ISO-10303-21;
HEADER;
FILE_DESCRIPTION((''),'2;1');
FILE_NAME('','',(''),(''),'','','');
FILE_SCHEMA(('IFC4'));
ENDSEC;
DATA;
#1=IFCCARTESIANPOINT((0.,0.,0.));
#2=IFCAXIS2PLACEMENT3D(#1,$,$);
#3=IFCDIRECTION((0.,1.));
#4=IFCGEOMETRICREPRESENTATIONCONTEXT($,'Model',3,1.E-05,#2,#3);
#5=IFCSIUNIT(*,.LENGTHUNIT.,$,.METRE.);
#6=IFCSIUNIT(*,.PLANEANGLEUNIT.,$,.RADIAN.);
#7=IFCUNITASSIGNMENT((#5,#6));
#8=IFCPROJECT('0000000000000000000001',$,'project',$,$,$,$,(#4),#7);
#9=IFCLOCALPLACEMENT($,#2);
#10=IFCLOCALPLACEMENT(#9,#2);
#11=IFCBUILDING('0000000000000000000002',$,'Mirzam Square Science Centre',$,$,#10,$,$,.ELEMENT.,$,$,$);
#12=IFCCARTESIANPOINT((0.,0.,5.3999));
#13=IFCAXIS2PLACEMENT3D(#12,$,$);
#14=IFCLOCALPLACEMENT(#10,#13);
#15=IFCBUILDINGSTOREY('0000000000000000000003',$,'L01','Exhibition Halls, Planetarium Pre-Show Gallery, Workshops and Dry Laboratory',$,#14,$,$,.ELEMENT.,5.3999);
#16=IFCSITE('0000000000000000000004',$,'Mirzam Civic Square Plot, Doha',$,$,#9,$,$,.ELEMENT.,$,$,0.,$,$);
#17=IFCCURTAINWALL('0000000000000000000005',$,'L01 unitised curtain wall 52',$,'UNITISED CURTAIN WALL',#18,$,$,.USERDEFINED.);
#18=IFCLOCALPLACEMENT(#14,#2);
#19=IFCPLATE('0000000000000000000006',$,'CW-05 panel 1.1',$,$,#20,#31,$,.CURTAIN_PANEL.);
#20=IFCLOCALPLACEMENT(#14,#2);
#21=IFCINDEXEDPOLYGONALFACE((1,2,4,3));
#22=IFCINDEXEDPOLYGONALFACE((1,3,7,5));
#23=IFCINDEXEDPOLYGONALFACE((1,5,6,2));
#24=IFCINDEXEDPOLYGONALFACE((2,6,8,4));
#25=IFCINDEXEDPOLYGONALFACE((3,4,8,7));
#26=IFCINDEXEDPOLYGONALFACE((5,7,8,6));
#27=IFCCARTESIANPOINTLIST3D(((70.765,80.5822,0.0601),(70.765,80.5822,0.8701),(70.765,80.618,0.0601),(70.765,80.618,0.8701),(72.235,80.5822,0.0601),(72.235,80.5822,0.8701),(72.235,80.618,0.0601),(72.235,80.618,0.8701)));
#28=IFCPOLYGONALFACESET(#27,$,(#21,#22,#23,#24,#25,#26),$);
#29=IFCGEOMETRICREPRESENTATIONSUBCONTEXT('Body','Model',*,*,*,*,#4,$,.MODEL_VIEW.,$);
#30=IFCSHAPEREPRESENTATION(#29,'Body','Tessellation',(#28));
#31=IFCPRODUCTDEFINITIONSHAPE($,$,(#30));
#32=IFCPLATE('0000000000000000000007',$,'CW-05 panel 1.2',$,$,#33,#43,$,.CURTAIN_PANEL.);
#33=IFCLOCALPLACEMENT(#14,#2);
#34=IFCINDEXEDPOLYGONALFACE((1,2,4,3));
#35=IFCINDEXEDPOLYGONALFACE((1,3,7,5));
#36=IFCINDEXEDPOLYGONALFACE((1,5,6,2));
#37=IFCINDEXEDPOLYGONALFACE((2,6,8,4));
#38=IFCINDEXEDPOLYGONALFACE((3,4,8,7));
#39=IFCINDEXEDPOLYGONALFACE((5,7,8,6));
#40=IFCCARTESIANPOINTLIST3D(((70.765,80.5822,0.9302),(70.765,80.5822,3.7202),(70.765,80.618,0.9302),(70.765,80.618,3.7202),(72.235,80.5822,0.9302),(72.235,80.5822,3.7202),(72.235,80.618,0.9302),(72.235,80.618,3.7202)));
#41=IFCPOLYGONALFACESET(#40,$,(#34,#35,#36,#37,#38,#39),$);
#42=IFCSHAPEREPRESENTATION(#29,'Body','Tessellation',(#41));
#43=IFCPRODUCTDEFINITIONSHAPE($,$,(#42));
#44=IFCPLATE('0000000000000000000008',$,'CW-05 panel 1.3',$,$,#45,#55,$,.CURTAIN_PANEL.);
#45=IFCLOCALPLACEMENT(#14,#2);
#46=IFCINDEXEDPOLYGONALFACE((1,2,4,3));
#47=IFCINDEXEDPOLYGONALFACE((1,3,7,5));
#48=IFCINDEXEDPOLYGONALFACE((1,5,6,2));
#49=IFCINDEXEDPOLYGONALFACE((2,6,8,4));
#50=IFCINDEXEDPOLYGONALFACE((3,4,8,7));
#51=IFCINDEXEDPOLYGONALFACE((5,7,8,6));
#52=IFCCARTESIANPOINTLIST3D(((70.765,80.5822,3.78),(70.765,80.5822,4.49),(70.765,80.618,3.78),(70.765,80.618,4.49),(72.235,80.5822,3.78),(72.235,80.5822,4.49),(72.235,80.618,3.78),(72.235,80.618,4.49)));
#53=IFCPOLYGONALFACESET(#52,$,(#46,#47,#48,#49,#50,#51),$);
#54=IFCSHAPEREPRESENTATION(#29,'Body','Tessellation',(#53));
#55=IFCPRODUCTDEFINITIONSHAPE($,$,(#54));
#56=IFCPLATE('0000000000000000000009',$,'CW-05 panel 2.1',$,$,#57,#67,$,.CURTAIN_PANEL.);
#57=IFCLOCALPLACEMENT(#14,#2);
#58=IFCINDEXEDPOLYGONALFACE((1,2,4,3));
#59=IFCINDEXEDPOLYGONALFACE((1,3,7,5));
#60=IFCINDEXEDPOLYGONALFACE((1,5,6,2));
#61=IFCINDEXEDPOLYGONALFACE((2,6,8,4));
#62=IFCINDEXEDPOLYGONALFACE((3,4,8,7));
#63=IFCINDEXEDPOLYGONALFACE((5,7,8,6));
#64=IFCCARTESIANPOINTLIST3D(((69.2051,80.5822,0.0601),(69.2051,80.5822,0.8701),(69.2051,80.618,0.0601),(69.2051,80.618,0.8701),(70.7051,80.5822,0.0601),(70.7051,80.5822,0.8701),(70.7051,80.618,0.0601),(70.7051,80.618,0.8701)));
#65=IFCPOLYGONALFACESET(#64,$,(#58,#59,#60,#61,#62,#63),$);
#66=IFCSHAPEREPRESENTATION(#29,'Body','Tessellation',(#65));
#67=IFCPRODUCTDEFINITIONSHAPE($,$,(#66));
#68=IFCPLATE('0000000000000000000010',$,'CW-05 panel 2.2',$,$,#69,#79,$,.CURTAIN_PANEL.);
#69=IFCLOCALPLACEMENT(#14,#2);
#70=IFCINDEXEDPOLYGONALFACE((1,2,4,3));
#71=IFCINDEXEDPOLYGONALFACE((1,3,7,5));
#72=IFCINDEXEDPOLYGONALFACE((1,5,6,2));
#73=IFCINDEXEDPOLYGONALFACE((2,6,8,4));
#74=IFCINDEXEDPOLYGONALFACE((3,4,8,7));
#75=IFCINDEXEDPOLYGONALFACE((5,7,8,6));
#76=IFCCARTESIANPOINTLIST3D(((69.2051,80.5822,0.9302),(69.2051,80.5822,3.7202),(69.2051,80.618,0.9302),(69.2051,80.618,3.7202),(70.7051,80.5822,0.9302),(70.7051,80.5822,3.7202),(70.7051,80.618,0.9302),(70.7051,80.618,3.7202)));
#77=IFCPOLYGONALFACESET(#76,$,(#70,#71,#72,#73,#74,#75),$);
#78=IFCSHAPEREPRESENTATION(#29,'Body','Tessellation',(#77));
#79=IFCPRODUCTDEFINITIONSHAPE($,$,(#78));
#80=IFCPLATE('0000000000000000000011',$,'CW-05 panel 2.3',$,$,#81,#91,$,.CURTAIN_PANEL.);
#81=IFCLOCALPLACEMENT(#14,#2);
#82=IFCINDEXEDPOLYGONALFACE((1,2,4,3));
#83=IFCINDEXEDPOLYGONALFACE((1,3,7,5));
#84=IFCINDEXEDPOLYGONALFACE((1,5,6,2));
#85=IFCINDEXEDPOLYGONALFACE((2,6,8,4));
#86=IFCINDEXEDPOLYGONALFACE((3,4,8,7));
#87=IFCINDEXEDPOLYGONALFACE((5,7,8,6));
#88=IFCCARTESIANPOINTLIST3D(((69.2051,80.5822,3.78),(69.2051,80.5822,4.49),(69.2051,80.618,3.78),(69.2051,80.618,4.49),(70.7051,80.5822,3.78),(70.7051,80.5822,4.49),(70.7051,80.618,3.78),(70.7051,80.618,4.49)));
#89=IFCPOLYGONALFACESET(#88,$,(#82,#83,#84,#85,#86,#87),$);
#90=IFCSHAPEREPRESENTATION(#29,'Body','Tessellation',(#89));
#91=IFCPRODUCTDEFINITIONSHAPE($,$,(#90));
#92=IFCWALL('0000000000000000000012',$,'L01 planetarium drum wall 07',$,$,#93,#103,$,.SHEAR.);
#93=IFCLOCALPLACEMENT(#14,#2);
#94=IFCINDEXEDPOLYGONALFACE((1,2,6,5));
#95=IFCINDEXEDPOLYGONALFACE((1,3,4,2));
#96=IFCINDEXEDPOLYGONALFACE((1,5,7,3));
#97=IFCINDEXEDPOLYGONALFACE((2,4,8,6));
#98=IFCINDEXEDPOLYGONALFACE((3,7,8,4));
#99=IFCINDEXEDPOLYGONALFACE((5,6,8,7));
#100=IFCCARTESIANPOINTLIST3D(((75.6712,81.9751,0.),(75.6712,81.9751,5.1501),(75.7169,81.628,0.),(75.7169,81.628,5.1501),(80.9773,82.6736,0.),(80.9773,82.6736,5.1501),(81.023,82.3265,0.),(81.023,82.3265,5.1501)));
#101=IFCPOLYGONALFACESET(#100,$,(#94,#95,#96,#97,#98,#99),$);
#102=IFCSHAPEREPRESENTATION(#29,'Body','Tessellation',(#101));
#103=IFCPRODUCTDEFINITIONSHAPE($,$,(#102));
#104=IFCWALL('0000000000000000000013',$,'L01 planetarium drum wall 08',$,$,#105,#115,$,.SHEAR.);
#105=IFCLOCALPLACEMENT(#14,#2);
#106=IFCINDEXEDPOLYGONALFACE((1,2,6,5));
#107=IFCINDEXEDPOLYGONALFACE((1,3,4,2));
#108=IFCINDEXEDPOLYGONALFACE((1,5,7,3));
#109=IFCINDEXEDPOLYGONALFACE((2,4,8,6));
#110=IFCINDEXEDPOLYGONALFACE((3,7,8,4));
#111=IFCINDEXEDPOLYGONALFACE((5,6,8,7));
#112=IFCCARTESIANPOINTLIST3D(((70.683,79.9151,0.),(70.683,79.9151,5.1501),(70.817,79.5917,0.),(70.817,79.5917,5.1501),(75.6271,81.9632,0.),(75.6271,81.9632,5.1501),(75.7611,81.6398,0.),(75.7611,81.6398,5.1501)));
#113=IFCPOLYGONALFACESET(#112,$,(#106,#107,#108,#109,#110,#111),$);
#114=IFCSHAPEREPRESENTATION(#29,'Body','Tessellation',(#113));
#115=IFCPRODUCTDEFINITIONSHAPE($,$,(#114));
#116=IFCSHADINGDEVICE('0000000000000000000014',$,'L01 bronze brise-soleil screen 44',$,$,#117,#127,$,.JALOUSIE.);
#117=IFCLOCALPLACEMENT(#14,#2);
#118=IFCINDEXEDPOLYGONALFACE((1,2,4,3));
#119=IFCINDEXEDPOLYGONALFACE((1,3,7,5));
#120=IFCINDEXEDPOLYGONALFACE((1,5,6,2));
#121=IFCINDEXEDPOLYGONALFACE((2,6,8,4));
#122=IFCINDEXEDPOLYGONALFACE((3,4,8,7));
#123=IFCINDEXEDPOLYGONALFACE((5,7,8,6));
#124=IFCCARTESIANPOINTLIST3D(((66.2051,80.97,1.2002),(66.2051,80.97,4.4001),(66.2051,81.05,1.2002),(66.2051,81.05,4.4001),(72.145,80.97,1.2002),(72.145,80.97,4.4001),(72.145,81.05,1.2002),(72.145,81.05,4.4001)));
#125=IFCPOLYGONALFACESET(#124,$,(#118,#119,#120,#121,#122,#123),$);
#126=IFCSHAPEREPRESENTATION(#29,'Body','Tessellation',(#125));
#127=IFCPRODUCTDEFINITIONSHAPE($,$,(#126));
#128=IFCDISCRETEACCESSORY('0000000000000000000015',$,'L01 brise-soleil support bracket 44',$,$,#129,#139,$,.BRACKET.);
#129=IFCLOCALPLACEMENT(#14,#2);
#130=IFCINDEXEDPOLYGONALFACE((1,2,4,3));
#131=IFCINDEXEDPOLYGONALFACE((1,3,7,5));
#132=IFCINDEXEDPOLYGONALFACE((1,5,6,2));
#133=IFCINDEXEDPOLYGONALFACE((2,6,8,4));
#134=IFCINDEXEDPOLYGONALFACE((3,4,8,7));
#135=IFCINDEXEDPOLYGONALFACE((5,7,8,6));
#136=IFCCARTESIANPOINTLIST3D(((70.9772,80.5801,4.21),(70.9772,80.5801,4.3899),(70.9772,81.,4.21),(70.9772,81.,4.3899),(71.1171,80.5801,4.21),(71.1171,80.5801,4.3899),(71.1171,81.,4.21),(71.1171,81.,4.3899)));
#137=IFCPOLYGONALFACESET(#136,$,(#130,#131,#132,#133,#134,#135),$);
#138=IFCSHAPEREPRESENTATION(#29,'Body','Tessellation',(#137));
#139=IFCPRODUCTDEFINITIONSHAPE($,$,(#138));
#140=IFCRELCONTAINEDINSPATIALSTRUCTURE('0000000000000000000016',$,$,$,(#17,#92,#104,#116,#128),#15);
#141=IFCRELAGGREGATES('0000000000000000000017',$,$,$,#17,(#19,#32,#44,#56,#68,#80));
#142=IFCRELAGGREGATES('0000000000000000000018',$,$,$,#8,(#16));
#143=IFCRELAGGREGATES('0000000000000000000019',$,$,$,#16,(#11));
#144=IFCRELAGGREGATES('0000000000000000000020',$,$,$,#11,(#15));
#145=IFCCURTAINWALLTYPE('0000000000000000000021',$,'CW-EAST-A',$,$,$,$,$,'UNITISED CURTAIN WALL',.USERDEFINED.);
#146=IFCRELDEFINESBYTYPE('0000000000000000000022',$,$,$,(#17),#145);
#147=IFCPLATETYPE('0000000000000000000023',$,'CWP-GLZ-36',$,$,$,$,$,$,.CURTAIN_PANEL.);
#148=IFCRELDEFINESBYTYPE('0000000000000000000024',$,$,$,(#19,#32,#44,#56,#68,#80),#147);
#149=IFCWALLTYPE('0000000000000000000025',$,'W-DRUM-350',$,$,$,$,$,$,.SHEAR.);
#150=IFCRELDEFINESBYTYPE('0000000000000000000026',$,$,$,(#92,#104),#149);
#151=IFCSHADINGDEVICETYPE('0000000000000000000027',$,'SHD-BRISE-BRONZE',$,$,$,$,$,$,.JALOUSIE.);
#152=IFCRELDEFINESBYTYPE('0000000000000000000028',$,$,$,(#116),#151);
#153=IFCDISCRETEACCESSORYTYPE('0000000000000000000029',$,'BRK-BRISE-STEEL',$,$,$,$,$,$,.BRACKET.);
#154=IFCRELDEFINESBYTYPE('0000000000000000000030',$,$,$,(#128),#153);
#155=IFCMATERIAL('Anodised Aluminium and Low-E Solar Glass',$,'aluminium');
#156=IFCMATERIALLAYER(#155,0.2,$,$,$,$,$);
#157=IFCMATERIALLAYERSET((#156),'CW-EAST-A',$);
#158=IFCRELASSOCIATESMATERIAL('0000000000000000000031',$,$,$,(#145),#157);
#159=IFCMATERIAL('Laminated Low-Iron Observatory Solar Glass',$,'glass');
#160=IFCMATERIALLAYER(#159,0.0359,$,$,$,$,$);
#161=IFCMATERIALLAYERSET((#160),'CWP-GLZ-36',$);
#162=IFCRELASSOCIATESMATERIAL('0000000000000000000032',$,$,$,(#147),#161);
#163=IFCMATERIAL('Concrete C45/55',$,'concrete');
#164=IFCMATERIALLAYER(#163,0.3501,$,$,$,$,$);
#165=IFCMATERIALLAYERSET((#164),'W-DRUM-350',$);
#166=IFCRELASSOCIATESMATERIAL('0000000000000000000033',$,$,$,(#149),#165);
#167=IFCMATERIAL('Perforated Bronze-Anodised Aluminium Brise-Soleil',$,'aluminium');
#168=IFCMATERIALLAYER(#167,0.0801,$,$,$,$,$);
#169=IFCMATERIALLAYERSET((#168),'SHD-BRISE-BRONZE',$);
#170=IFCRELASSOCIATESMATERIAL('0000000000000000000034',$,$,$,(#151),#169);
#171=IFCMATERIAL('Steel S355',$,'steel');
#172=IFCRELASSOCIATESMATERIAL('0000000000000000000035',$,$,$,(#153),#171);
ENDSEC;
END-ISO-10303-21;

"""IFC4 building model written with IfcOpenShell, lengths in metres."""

from ifc_helpers import new_model, si_unit, direction, frame, frame_2d, origin, origin_2d, place, context, subcontext, project, spatial, rectangle, extrude, material, layer, layer_set, type_object, element, aggregate, save


model = new_model("IFC4")

# Units and contexts
model_context = context("Model", 3, precision=1e-05, world=origin(), true_north=direction((0.0, 1.0)))
body_context = subcontext(model_context, "Body", "Model", "MODEL_VIEW")
ifc_project = project(units=[si_unit("LENGTHUNIT", "METRE"), si_unit("PLANEANGLEUNIT", "RADIAN")], contexts=[model_context])

# Site, building, storey
site_placement = place(None, origin())
site = spatial("IfcSite", under=ifc_project, at=site_placement, Name="Mirzam Civic Square Plot, Doha", CompositionType="ELEMENT", RefElevation=0.0)
building_placement = place(site_placement, origin())
building = spatial("IfcBuilding", under=site, at=building_placement, Name="Mirzam Square Science Centre", CompositionType="ELEMENT")
storey_placement = place(building_placement, frame((0.0, 0.0, 5.3999)))
storey = spatial("IfcBuildingStorey", under=building, at=storey_placement, Name="L01", Description="Exhibition Halls, Planetarium Pre-Show Gallery, Workshops and Dry Laboratory", CompositionType="ELEMENT", Elevation=5.3999)

# Shared definitions
ifc_material_1 = material(Name="Concrete C45/55", Category="concrete")

# Curtain wall, plates
ifc_material_2 = material(Name="Anodised Aluminium and Low-E Solar Glass", Category="aluminium")
ifc_layer_1 = layer(ifc_material_2, 0.2)
ifc_layer_set_1 = layer_set([ifc_layer_1], Name="CW-EAST-A")
curtain_wall_type = type_object("IfcCurtainWallType", Name="CW-EAST-A", ElementType="UNITISED CURTAIN WALL", PredefinedType="USERDEFINED", material=ifc_layer_set_1)
curtain_wall_placement = place(storey_placement, origin())
curtain_wall = element("IfcCurtainWall", 1, at=curtain_wall_placement, inside=storey, type_object=curtain_wall_type, Name="L01 unitised curtain wall 52", ObjectType="UNITISED CURTAIN WALL", PredefinedType="USERDEFINED")
ifc_material_3 = material(Name="Laminated Low-Iron Observatory Solar Glass", Category="glass")
ifc_layer_2 = layer(ifc_material_3, 0.0359)
ifc_layer_set_2 = layer_set([ifc_layer_2], Name="CWP-GLZ-36")
plate_type = type_object("IfcPlateType", Name="CWP-GLZ-36", PredefinedType="CURTAIN_PANEL", material=ifc_layer_set_2)
plate_1_placement = place(storey_placement, frame((71.5, 80.6001, 0.0601), z_axis=(0.0, 0.0, 1.0), x_axis=(-1.0, 0.0, 0.0)))
plate_1 = element("IfcPlate", 2, at=plate_1_placement, type_object=plate_type, Name="CW-05 panel 1.1", PredefinedType="CURTAIN_PANEL", context=body_context, shape_type="SweptSolid", body=[
    extrude(rectangle(XDim=1.47, YDim=0.0359, at=origin_2d()), origin(), (0.0, 0.0, 1.0), 0.8101),
])
plate_2_placement = place(storey_placement, frame((71.5, 80.6001, 0.9302), z_axis=(0.0, 0.0, 1.0), x_axis=(-1.0, 0.0, 0.0)))
plate_2 = element("IfcPlate", 3, at=plate_2_placement, type_object=plate_type, Name="CW-05 panel 1.2", PredefinedType="CURTAIN_PANEL", context=body_context, shape_type="SweptSolid", body=[
    extrude(rectangle(XDim=1.47, YDim=0.0359, at=origin_2d()), origin(), (0.0, 0.0, 1.0), 2.79),
])
plate_3_placement = place(storey_placement, frame((71.5, 80.6001, 3.78), z_axis=(0.0, 0.0, 1.0), x_axis=(-1.0, 0.0, 0.0)))
plate_3 = element("IfcPlate", 4, at=plate_3_placement, type_object=plate_type, Name="CW-05 panel 1.3", PredefinedType="CURTAIN_PANEL", context=body_context, shape_type="SweptSolid", body=[
    extrude(rectangle(XDim=1.47, YDim=0.0359, at=origin_2d()), origin(), (0.0, 0.0, 1.0), 0.71),
])
plate_4_placement = place(storey_placement, frame((69.9551, 80.6001, 0.0601), z_axis=(0.0, 0.0, 1.0), x_axis=(-1.0, 0.0, 0.0)))
plate_4 = element("IfcPlate", 5, at=plate_4_placement, type_object=plate_type, Name="CW-05 panel 2.1", PredefinedType="CURTAIN_PANEL", context=body_context, shape_type="SweptSolid", body=[
    extrude(rectangle(XDim=1.5, YDim=0.0359, at=origin_2d()), origin(), (0.0, 0.0, 1.0), 0.8101),
])
plate_5_placement = place(storey_placement, frame((69.9551, 80.6001, 0.9302), z_axis=(0.0, 0.0, 1.0), x_axis=(-1.0, 0.0, 0.0)))
plate_5 = element("IfcPlate", 6, at=plate_5_placement, type_object=plate_type, Name="CW-05 panel 2.2", PredefinedType="CURTAIN_PANEL", context=body_context, shape_type="SweptSolid", body=[
    extrude(rectangle(XDim=1.5, YDim=0.0359, at=origin_2d()), origin(), (0.0, 0.0, 1.0), 2.79),
])
plate_6_placement = place(storey_placement, frame((69.9551, 80.6001, 3.78), z_axis=(0.0, 0.0, 1.0), x_axis=(-1.0, 0.0, 0.0)))
plate_6 = element("IfcPlate", 7, at=plate_6_placement, type_object=plate_type, Name="CW-05 panel 2.3", PredefinedType="CURTAIN_PANEL", context=body_context, shape_type="SweptSolid", body=[
    extrude(rectangle(XDim=1.5, YDim=0.0359, at=origin_2d()), origin(), (0.0, 0.0, 1.0), 0.71),
])
aggregate(curtain_wall, [plate_1, plate_2, plate_3, plate_4, plate_5, plate_6])

# Walls
ifc_layer_3 = layer(ifc_material_1, 0.3501)
ifc_layer_set_3 = layer_set([ifc_layer_3], Name="W-DRUM-350")
wall_type = type_object("IfcWallType", Name="W-DRUM-350", PredefinedType="SHEAR", material=ifc_layer_set_3)
wall_1_placement = place(storey_placement, frame((81.0, 82.5, 0.0), z_axis=(0.0, 0.0, 1.0), x_axis=(-0.991446, -0.130517, 0.0)))
element("IfcWall", 8, at=wall_1_placement, inside=storey, type_object=wall_type, Name="L01 planetarium drum wall 07", PredefinedType="SHEAR", context=body_context, shape_type="SweptSolid", body=[
    extrude(rectangle(XDim=5.3518, YDim=0.3501, at=frame_2d((2.6758, 0.0))), origin(), (0.0, 0.0, 1.0), 5.1501),
])
wall_2_placement = place(storey_placement, frame((75.6941, 81.8015, 0.0), z_axis=(0.0, 0.0, 1.0), x_axis=(-0.923867, -0.382713, 0.0)))
element("IfcWall", 9, at=wall_2_placement, inside=storey, type_object=wall_type, Name="L01 planetarium drum wall 08", PredefinedType="SHEAR", context=body_context, shape_type="SweptSolid", body=[
    extrude(rectangle(XDim=5.3516, YDim=0.3501, at=frame_2d((2.6758, 0.0))), origin(), (0.0, 0.0, 1.0), 5.1501),
])

# Shading device
ifc_material_4 = material(Name="Perforated Bronze-Anodised Aluminium Brise-Soleil", Category="aluminium")
ifc_layer_4 = layer(ifc_material_4, 0.0801)
ifc_layer_set_4 = layer_set([ifc_layer_4], Name="SHD-BRISE-BRONZE")
shading_device_type = type_object("IfcShadingDeviceType", Name="SHD-BRISE-BRONZE", PredefinedType="JALOUSIE", material=ifc_layer_set_4)
shading_device_placement = place(storey_placement, frame((69.175, 81.01, 1.2002), z_axis=(0.0, 0.0, 1.0), x_axis=(-1.0, 0.0, 0.0)))
element("IfcShadingDevice", 10, at=shading_device_placement, inside=storey, type_object=shading_device_type, Name="L01 bronze brise-soleil screen 44", PredefinedType="JALOUSIE", context=body_context, shape_type="SweptSolid", body=[
    extrude(rectangle(XDim=5.9399, YDim=0.0801, at=origin_2d()), origin(), (0.0, 0.0, 1.0), 3.2),
])

# Discrete accessory
ifc_material_5 = material(Name="Steel S355", Category="steel")
discrete_accessory_type = type_object("IfcDiscreteAccessoryType", Name="BRK-BRISE-STEEL", PredefinedType="BRACKET", material=ifc_material_5)
discrete_accessory_placement = place(storey_placement, frame((71.0471, 80.79, 4.21), z_axis=(0.0, 0.0, 1.0), x_axis=(-1.0, 0.0, 0.0)))
element("IfcDiscreteAccessory", 11, at=discrete_accessory_placement, inside=storey, type_object=discrete_accessory_type, Name="L01 brise-soleil support bracket 44", PredefinedType="BRACKET", context=body_context, shape_type="SweptSolid", body=[
    extrude(rectangle(XDim=0.1399, YDim=0.4199, at=origin_2d()), origin(), (0.0, 0.0, 1.0), 0.1799),
])

save(model, "model.ifc")
